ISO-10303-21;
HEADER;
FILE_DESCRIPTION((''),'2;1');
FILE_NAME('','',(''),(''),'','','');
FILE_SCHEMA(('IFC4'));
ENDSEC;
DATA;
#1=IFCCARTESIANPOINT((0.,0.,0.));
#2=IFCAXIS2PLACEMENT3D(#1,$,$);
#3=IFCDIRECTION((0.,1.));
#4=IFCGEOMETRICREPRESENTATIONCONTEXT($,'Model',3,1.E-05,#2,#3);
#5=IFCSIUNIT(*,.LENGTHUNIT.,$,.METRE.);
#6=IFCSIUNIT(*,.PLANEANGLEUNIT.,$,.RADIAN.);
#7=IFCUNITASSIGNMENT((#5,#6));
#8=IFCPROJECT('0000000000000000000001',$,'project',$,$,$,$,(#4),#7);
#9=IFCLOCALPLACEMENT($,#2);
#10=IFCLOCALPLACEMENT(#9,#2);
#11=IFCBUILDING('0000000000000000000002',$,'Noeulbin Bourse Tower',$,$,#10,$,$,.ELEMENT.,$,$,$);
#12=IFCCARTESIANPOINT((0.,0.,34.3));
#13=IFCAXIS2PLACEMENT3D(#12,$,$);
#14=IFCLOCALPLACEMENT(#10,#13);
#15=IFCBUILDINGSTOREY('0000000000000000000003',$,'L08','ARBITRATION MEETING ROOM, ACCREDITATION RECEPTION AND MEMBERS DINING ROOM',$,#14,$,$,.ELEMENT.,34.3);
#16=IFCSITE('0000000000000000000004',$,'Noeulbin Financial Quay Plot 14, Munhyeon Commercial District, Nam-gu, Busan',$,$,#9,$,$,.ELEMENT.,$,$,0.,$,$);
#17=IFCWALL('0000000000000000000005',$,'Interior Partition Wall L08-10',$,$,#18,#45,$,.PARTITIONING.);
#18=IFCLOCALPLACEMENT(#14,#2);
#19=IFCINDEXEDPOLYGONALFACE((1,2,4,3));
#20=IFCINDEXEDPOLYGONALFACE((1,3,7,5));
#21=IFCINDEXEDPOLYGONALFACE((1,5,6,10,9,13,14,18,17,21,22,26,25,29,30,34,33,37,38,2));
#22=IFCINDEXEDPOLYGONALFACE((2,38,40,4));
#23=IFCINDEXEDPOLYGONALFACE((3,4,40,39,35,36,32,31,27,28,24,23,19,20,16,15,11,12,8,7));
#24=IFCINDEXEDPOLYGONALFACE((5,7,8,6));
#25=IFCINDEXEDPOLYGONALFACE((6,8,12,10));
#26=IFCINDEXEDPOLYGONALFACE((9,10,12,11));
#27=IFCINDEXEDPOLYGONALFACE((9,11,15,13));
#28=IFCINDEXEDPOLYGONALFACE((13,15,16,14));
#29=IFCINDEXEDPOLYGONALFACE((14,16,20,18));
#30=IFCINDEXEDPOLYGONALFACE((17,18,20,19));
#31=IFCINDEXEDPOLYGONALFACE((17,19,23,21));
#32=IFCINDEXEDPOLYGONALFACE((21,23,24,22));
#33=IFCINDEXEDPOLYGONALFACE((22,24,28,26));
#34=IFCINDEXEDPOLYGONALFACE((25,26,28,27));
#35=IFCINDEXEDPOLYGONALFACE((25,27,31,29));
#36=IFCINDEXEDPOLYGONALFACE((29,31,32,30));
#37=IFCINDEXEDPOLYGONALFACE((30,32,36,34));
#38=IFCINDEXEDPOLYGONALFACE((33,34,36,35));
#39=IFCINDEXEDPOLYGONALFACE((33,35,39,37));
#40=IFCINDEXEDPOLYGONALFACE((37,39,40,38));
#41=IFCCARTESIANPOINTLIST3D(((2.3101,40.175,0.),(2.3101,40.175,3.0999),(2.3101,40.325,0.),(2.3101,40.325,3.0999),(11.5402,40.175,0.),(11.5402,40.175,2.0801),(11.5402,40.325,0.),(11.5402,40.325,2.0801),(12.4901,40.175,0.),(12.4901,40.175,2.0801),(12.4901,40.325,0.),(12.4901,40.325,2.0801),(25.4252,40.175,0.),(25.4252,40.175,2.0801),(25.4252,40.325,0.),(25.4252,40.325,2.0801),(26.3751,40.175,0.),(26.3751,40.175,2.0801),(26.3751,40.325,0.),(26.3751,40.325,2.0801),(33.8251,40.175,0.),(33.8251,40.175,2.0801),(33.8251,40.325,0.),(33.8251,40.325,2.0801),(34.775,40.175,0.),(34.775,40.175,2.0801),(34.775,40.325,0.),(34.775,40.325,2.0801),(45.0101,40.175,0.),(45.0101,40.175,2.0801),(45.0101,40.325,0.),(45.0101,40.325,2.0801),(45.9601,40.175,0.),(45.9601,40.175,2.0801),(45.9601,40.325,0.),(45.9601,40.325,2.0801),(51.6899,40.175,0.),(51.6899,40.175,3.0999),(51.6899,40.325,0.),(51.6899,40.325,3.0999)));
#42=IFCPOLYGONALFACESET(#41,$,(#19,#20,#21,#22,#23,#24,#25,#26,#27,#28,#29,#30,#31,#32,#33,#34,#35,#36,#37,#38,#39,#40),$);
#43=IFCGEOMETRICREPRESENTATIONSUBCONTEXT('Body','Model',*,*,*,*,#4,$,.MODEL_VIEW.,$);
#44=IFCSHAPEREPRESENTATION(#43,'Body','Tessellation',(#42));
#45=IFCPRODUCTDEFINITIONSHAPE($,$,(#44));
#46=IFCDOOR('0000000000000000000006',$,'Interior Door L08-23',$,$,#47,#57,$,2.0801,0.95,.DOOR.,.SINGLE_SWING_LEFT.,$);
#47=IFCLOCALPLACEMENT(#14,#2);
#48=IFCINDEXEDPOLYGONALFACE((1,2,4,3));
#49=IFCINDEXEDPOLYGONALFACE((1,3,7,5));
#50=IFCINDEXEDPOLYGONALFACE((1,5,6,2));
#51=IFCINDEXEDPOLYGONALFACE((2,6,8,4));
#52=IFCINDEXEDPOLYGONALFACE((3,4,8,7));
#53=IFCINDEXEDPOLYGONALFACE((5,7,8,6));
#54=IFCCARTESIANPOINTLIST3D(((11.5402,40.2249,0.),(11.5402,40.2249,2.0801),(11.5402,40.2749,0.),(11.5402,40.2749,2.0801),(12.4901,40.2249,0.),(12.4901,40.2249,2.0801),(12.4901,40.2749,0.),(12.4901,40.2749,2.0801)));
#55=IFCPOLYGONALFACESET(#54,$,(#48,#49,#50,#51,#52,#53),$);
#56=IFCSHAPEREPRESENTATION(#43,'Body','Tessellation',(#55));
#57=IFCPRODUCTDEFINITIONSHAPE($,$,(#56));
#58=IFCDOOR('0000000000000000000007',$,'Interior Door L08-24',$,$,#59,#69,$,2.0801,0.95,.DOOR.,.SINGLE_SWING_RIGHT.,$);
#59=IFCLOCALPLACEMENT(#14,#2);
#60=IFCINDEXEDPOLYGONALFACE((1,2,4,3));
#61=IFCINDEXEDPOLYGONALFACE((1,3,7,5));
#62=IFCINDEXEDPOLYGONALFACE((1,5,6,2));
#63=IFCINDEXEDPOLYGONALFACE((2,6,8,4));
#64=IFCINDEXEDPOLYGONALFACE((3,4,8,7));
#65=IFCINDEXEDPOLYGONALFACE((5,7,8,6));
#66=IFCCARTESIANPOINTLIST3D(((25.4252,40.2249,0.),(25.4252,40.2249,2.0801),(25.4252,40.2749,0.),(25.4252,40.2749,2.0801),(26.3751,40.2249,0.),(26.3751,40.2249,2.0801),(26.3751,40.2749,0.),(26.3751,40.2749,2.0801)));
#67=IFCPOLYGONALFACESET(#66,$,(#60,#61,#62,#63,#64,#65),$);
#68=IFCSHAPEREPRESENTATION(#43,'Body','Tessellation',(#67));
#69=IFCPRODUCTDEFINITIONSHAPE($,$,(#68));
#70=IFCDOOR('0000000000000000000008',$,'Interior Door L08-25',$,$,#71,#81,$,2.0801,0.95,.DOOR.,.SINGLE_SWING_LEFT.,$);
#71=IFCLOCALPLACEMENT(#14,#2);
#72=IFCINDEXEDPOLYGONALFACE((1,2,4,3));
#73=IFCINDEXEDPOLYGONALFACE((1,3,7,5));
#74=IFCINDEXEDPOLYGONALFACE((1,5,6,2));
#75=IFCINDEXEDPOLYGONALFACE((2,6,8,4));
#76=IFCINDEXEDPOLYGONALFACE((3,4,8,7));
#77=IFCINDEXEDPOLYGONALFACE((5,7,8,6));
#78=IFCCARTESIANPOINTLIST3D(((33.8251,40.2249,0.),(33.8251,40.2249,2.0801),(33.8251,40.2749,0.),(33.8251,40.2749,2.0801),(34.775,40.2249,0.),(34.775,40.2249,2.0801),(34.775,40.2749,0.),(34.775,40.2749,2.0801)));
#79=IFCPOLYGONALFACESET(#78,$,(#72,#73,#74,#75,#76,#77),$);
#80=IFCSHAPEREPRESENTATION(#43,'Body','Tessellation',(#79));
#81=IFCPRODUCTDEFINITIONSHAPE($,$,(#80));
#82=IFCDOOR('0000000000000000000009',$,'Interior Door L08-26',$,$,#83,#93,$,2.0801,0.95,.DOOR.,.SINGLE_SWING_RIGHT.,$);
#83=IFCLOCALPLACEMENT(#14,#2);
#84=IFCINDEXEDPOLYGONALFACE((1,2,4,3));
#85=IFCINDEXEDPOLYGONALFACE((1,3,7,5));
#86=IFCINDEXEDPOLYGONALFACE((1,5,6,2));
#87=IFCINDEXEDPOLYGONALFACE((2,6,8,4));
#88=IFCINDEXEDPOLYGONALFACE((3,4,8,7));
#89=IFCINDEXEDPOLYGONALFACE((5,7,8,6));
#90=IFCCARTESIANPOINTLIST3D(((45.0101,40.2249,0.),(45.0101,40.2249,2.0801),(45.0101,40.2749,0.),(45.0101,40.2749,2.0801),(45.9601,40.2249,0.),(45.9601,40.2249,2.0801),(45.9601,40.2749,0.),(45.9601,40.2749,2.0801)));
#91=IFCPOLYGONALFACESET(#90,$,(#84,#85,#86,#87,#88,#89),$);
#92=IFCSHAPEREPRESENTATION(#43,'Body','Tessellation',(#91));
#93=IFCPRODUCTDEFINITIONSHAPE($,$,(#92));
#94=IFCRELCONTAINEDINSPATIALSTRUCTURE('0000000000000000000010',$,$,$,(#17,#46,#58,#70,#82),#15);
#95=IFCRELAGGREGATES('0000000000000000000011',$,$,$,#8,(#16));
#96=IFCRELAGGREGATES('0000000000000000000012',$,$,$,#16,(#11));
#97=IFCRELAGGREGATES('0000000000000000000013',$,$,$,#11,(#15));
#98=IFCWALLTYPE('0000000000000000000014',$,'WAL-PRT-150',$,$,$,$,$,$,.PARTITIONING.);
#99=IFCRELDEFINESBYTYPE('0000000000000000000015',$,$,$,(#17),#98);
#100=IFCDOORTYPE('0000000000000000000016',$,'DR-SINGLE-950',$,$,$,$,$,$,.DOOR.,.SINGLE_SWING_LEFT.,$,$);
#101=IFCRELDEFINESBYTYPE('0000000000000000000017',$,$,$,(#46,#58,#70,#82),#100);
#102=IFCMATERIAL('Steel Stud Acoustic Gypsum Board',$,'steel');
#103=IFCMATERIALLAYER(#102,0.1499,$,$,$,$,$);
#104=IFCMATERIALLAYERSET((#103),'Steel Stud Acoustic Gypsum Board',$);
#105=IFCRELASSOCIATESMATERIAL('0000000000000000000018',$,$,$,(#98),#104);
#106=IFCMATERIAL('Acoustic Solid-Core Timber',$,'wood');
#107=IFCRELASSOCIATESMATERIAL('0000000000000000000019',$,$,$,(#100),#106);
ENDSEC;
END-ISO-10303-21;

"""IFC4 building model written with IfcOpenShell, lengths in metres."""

from ifc_helpers import new_model, si_unit, direction, frame, frame_2d, origin, place, context, subcontext, project, spatial, rectangle, extrude, material, layer, layer_set, type_object, element, fill, save


model = new_model("IFC4")

# Units and contexts
model_context = context("Model", 3, precision=1e-05, world=origin(), true_north=direction((0.0, 1.0)))
body_context = subcontext(model_context, "Body", "Model", "MODEL_VIEW")
ifc_project = project(units=[si_unit("LENGTHUNIT", "METRE"), si_unit("PLANEANGLEUNIT", "RADIAN")], contexts=[model_context])

# Site, building, storey
site_placement = place(None, origin())
site = spatial("IfcSite", under=ifc_project, at=site_placement, Name="Noeulbin Financial Quay Plot 14, Munhyeon Commercial District, Nam-gu, Busan", CompositionType="ELEMENT", RefElevation=0.0)
building_placement = place(site_placement, origin())
building = spatial("IfcBuilding", under=site, at=building_placement, Name="Noeulbin Bourse Tower", CompositionType="ELEMENT")
storey_placement = place(building_placement, frame((0.0, 0.0, 34.3)))
storey = spatial("IfcBuildingStorey", under=building, at=storey_placement, Name="L08", Description="ARBITRATION MEETING ROOM, ACCREDITATION RECEPTION AND MEMBERS DINING ROOM", CompositionType="ELEMENT", Elevation=34.3)

# Wall, openings, doors
ifc_material_1 = material(Name="Steel Stud Acoustic Gypsum Board", Category="steel")
ifc_layer_1 = layer(ifc_material_1, 0.1499)
ifc_layer_set_1 = layer_set([ifc_layer_1], Name="Steel Stud Acoustic Gypsum Board")
wall_type_1 = type_object("IfcWallType", Name="WAL-PRT-150", PredefinedType="PARTITIONING", material=ifc_layer_set_1)
wall_1_placement = place(storey_placement, frame((2.3101, 40.25, 0.0), z_axis=(0.0, 0.0, 1.0), x_axis=(1.0, 0.0, 0.0)))
wall_1 = element("IfcWall", 1, at=wall_1_placement, inside=storey, type_object=wall_type_1, Name="Interior Partition Wall L08-10", PredefinedType="PARTITIONING", context=body_context, shape_type="SweptSolid", body=[
    extrude(rectangle(XDim=49.3799, YDim=0.1499, at=frame_2d((24.6899, 0.0))), origin(), (0.0, 0.0, 1.0), 3.0999),
])
opening_1_placement = place(wall_1_placement, frame((9.23, 0.0, 0.0)))
opening_1 = element("IfcOpeningElement", 2, at=opening_1_placement, cuts=wall_1, PredefinedType="OPENING", context=body_context, shape_type="SweptSolid", body=[
    extrude(rectangle(XDim=0.95, YDim=2.0801, at=frame_2d((0.4751, 1.04))), frame((0.0, 0.085, 0.0), z_axis=(0.0, -1.0, 0.0), x_axis=(1.0, 0.0, 0.0)), (0.0, 0.0, 1.0), 0.1699),
])
opening_2_placement = place(wall_1_placement, frame((23.115, 0.0, 0.0)))
opening_2 = element("IfcOpeningElement", 3, at=opening_2_placement, cuts=wall_1, PredefinedType="OPENING", context=body_context, shape_type="SweptSolid", body=[
    extrude(rectangle(XDim=0.95, YDim=2.0801, at=frame_2d((0.4751, 1.04))), frame((0.0, 0.085, 0.0), z_axis=(0.0, -1.0, 0.0), x_axis=(1.0, 0.0, 0.0)), (0.0, 0.0, 1.0), 0.1699),
])
opening_3_placement = place(wall_1_placement, frame((31.5149, 0.0, 0.0)))
opening_3 = element("IfcOpeningElement", 4, at=opening_3_placement, cuts=wall_1, PredefinedType="OPENING", context=body_context, shape_type="SweptSolid", body=[
    extrude(rectangle(XDim=0.95, YDim=2.0801, at=frame_2d((0.4751, 1.04))), frame((0.0, 0.085, 0.0), z_axis=(0.0, -1.0, 0.0), x_axis=(1.0, 0.0, 0.0)), (0.0, 0.0, 1.0), 0.1699),
])
opening_4_placement = place(wall_1_placement, frame((42.7, 0.0, 0.0)))
opening_4 = element("IfcOpeningElement", 5, at=opening_4_placement, cuts=wall_1, PredefinedType="OPENING", context=body_context, shape_type="SweptSolid", body=[
    extrude(rectangle(XDim=0.95, YDim=2.0801, at=frame_2d((0.4751, 1.04))), frame((0.0, 0.085, 0.0), z_axis=(0.0, -1.0, 0.0), x_axis=(1.0, 0.0, 0.0)), (0.0, 0.0, 1.0), 0.1699),
])
ifc_material_2 = material(Name="Acoustic Solid-Core Timber", Category="wood")
door_type = type_object("IfcDoorType", Name="DR-SINGLE-950", OperationType="SINGLE_SWING_LEFT", PredefinedType="DOOR", material=ifc_material_2)
door_1_placement = place(opening_1_placement, origin())
door_1 = element("IfcDoor", 6, at=door_1_placement, inside=storey, type_object=door_type, Name="Interior Door L08-23", OperationType="SINGLE_SWING_LEFT", OverallHeight=2.0801, OverallWidth=0.95, PredefinedType="DOOR", context=body_context, shape_type="SweptSolid", body=[
    extrude(rectangle(XDim=0.95, YDim=2.0801, at=frame_2d((0.4751, 1.04))), frame((0.0, 0.0249, 0.0), z_axis=(0.0, -1.0, 0.0), x_axis=(1.0, 0.0, 0.0)), (0.0, 0.0, 1.0), 0.05),
])
fill(opening_1, door_1)
door_2_placement = place(opening_2_placement, origin())
door_2 = element("IfcDoor", 7, at=door_2_placement, inside=storey, type_object=door_type, Name="Interior Door L08-24", OperationType="SINGLE_SWING_RIGHT", OverallHeight=2.0801, OverallWidth=0.95, PredefinedType="DOOR", context=body_context, shape_type="SweptSolid", body=[
    extrude(rectangle(XDim=0.95, YDim=2.0801, at=frame_2d((0.4751, 1.04))), frame((0.0, 0.0249, 0.0), z_axis=(0.0, -1.0, 0.0), x_axis=(1.0, 0.0, 0.0)), (0.0, 0.0, 1.0), 0.05),
])
fill(opening_2, door_2)
door_3_placement = place(opening_3_placement, origin())
door_3 = element("IfcDoor", 8, at=door_3_placement, inside=storey, type_object=door_type, Name="Interior Door L08-25", OperationType="SINGLE_SWING_LEFT", OverallHeight=2.0801, OverallWidth=0.95, PredefinedType="DOOR", context=body_context, shape_type="SweptSolid", body=[
    extrude(rectangle(XDim=0.95, YDim=2.0801, at=frame_2d((0.4751, 1.04))), frame((0.0, 0.0249, 0.0), z_axis=(0.0, -1.0, 0.0), x_axis=(1.0, 0.0, 0.0)), (0.0, 0.0, 1.0), 0.05),
])
fill(opening_3, door_3)
door_4_placement = place(opening_4_placement, origin())
door_4 = element("IfcDoor", 9, at=door_4_placement, inside=storey, type_object=door_type, Name="Interior Door L08-26", OperationType="SINGLE_SWING_RIGHT", OverallHeight=2.0801, OverallWidth=0.95, PredefinedType="DOOR", context=body_context, shape_type="SweptSolid", body=[
    extrude(rectangle(XDim=0.95, YDim=2.0801, at=frame_2d((0.4751, 1.04))), frame((0.0, 0.0249, 0.0), z_axis=(0.0, -1.0, 0.0), x_axis=(1.0, 0.0, 0.0)), (0.0, 0.0, 1.0), 0.05),
])
fill(opening_4, door_4)

save(model, "model.ifc")
